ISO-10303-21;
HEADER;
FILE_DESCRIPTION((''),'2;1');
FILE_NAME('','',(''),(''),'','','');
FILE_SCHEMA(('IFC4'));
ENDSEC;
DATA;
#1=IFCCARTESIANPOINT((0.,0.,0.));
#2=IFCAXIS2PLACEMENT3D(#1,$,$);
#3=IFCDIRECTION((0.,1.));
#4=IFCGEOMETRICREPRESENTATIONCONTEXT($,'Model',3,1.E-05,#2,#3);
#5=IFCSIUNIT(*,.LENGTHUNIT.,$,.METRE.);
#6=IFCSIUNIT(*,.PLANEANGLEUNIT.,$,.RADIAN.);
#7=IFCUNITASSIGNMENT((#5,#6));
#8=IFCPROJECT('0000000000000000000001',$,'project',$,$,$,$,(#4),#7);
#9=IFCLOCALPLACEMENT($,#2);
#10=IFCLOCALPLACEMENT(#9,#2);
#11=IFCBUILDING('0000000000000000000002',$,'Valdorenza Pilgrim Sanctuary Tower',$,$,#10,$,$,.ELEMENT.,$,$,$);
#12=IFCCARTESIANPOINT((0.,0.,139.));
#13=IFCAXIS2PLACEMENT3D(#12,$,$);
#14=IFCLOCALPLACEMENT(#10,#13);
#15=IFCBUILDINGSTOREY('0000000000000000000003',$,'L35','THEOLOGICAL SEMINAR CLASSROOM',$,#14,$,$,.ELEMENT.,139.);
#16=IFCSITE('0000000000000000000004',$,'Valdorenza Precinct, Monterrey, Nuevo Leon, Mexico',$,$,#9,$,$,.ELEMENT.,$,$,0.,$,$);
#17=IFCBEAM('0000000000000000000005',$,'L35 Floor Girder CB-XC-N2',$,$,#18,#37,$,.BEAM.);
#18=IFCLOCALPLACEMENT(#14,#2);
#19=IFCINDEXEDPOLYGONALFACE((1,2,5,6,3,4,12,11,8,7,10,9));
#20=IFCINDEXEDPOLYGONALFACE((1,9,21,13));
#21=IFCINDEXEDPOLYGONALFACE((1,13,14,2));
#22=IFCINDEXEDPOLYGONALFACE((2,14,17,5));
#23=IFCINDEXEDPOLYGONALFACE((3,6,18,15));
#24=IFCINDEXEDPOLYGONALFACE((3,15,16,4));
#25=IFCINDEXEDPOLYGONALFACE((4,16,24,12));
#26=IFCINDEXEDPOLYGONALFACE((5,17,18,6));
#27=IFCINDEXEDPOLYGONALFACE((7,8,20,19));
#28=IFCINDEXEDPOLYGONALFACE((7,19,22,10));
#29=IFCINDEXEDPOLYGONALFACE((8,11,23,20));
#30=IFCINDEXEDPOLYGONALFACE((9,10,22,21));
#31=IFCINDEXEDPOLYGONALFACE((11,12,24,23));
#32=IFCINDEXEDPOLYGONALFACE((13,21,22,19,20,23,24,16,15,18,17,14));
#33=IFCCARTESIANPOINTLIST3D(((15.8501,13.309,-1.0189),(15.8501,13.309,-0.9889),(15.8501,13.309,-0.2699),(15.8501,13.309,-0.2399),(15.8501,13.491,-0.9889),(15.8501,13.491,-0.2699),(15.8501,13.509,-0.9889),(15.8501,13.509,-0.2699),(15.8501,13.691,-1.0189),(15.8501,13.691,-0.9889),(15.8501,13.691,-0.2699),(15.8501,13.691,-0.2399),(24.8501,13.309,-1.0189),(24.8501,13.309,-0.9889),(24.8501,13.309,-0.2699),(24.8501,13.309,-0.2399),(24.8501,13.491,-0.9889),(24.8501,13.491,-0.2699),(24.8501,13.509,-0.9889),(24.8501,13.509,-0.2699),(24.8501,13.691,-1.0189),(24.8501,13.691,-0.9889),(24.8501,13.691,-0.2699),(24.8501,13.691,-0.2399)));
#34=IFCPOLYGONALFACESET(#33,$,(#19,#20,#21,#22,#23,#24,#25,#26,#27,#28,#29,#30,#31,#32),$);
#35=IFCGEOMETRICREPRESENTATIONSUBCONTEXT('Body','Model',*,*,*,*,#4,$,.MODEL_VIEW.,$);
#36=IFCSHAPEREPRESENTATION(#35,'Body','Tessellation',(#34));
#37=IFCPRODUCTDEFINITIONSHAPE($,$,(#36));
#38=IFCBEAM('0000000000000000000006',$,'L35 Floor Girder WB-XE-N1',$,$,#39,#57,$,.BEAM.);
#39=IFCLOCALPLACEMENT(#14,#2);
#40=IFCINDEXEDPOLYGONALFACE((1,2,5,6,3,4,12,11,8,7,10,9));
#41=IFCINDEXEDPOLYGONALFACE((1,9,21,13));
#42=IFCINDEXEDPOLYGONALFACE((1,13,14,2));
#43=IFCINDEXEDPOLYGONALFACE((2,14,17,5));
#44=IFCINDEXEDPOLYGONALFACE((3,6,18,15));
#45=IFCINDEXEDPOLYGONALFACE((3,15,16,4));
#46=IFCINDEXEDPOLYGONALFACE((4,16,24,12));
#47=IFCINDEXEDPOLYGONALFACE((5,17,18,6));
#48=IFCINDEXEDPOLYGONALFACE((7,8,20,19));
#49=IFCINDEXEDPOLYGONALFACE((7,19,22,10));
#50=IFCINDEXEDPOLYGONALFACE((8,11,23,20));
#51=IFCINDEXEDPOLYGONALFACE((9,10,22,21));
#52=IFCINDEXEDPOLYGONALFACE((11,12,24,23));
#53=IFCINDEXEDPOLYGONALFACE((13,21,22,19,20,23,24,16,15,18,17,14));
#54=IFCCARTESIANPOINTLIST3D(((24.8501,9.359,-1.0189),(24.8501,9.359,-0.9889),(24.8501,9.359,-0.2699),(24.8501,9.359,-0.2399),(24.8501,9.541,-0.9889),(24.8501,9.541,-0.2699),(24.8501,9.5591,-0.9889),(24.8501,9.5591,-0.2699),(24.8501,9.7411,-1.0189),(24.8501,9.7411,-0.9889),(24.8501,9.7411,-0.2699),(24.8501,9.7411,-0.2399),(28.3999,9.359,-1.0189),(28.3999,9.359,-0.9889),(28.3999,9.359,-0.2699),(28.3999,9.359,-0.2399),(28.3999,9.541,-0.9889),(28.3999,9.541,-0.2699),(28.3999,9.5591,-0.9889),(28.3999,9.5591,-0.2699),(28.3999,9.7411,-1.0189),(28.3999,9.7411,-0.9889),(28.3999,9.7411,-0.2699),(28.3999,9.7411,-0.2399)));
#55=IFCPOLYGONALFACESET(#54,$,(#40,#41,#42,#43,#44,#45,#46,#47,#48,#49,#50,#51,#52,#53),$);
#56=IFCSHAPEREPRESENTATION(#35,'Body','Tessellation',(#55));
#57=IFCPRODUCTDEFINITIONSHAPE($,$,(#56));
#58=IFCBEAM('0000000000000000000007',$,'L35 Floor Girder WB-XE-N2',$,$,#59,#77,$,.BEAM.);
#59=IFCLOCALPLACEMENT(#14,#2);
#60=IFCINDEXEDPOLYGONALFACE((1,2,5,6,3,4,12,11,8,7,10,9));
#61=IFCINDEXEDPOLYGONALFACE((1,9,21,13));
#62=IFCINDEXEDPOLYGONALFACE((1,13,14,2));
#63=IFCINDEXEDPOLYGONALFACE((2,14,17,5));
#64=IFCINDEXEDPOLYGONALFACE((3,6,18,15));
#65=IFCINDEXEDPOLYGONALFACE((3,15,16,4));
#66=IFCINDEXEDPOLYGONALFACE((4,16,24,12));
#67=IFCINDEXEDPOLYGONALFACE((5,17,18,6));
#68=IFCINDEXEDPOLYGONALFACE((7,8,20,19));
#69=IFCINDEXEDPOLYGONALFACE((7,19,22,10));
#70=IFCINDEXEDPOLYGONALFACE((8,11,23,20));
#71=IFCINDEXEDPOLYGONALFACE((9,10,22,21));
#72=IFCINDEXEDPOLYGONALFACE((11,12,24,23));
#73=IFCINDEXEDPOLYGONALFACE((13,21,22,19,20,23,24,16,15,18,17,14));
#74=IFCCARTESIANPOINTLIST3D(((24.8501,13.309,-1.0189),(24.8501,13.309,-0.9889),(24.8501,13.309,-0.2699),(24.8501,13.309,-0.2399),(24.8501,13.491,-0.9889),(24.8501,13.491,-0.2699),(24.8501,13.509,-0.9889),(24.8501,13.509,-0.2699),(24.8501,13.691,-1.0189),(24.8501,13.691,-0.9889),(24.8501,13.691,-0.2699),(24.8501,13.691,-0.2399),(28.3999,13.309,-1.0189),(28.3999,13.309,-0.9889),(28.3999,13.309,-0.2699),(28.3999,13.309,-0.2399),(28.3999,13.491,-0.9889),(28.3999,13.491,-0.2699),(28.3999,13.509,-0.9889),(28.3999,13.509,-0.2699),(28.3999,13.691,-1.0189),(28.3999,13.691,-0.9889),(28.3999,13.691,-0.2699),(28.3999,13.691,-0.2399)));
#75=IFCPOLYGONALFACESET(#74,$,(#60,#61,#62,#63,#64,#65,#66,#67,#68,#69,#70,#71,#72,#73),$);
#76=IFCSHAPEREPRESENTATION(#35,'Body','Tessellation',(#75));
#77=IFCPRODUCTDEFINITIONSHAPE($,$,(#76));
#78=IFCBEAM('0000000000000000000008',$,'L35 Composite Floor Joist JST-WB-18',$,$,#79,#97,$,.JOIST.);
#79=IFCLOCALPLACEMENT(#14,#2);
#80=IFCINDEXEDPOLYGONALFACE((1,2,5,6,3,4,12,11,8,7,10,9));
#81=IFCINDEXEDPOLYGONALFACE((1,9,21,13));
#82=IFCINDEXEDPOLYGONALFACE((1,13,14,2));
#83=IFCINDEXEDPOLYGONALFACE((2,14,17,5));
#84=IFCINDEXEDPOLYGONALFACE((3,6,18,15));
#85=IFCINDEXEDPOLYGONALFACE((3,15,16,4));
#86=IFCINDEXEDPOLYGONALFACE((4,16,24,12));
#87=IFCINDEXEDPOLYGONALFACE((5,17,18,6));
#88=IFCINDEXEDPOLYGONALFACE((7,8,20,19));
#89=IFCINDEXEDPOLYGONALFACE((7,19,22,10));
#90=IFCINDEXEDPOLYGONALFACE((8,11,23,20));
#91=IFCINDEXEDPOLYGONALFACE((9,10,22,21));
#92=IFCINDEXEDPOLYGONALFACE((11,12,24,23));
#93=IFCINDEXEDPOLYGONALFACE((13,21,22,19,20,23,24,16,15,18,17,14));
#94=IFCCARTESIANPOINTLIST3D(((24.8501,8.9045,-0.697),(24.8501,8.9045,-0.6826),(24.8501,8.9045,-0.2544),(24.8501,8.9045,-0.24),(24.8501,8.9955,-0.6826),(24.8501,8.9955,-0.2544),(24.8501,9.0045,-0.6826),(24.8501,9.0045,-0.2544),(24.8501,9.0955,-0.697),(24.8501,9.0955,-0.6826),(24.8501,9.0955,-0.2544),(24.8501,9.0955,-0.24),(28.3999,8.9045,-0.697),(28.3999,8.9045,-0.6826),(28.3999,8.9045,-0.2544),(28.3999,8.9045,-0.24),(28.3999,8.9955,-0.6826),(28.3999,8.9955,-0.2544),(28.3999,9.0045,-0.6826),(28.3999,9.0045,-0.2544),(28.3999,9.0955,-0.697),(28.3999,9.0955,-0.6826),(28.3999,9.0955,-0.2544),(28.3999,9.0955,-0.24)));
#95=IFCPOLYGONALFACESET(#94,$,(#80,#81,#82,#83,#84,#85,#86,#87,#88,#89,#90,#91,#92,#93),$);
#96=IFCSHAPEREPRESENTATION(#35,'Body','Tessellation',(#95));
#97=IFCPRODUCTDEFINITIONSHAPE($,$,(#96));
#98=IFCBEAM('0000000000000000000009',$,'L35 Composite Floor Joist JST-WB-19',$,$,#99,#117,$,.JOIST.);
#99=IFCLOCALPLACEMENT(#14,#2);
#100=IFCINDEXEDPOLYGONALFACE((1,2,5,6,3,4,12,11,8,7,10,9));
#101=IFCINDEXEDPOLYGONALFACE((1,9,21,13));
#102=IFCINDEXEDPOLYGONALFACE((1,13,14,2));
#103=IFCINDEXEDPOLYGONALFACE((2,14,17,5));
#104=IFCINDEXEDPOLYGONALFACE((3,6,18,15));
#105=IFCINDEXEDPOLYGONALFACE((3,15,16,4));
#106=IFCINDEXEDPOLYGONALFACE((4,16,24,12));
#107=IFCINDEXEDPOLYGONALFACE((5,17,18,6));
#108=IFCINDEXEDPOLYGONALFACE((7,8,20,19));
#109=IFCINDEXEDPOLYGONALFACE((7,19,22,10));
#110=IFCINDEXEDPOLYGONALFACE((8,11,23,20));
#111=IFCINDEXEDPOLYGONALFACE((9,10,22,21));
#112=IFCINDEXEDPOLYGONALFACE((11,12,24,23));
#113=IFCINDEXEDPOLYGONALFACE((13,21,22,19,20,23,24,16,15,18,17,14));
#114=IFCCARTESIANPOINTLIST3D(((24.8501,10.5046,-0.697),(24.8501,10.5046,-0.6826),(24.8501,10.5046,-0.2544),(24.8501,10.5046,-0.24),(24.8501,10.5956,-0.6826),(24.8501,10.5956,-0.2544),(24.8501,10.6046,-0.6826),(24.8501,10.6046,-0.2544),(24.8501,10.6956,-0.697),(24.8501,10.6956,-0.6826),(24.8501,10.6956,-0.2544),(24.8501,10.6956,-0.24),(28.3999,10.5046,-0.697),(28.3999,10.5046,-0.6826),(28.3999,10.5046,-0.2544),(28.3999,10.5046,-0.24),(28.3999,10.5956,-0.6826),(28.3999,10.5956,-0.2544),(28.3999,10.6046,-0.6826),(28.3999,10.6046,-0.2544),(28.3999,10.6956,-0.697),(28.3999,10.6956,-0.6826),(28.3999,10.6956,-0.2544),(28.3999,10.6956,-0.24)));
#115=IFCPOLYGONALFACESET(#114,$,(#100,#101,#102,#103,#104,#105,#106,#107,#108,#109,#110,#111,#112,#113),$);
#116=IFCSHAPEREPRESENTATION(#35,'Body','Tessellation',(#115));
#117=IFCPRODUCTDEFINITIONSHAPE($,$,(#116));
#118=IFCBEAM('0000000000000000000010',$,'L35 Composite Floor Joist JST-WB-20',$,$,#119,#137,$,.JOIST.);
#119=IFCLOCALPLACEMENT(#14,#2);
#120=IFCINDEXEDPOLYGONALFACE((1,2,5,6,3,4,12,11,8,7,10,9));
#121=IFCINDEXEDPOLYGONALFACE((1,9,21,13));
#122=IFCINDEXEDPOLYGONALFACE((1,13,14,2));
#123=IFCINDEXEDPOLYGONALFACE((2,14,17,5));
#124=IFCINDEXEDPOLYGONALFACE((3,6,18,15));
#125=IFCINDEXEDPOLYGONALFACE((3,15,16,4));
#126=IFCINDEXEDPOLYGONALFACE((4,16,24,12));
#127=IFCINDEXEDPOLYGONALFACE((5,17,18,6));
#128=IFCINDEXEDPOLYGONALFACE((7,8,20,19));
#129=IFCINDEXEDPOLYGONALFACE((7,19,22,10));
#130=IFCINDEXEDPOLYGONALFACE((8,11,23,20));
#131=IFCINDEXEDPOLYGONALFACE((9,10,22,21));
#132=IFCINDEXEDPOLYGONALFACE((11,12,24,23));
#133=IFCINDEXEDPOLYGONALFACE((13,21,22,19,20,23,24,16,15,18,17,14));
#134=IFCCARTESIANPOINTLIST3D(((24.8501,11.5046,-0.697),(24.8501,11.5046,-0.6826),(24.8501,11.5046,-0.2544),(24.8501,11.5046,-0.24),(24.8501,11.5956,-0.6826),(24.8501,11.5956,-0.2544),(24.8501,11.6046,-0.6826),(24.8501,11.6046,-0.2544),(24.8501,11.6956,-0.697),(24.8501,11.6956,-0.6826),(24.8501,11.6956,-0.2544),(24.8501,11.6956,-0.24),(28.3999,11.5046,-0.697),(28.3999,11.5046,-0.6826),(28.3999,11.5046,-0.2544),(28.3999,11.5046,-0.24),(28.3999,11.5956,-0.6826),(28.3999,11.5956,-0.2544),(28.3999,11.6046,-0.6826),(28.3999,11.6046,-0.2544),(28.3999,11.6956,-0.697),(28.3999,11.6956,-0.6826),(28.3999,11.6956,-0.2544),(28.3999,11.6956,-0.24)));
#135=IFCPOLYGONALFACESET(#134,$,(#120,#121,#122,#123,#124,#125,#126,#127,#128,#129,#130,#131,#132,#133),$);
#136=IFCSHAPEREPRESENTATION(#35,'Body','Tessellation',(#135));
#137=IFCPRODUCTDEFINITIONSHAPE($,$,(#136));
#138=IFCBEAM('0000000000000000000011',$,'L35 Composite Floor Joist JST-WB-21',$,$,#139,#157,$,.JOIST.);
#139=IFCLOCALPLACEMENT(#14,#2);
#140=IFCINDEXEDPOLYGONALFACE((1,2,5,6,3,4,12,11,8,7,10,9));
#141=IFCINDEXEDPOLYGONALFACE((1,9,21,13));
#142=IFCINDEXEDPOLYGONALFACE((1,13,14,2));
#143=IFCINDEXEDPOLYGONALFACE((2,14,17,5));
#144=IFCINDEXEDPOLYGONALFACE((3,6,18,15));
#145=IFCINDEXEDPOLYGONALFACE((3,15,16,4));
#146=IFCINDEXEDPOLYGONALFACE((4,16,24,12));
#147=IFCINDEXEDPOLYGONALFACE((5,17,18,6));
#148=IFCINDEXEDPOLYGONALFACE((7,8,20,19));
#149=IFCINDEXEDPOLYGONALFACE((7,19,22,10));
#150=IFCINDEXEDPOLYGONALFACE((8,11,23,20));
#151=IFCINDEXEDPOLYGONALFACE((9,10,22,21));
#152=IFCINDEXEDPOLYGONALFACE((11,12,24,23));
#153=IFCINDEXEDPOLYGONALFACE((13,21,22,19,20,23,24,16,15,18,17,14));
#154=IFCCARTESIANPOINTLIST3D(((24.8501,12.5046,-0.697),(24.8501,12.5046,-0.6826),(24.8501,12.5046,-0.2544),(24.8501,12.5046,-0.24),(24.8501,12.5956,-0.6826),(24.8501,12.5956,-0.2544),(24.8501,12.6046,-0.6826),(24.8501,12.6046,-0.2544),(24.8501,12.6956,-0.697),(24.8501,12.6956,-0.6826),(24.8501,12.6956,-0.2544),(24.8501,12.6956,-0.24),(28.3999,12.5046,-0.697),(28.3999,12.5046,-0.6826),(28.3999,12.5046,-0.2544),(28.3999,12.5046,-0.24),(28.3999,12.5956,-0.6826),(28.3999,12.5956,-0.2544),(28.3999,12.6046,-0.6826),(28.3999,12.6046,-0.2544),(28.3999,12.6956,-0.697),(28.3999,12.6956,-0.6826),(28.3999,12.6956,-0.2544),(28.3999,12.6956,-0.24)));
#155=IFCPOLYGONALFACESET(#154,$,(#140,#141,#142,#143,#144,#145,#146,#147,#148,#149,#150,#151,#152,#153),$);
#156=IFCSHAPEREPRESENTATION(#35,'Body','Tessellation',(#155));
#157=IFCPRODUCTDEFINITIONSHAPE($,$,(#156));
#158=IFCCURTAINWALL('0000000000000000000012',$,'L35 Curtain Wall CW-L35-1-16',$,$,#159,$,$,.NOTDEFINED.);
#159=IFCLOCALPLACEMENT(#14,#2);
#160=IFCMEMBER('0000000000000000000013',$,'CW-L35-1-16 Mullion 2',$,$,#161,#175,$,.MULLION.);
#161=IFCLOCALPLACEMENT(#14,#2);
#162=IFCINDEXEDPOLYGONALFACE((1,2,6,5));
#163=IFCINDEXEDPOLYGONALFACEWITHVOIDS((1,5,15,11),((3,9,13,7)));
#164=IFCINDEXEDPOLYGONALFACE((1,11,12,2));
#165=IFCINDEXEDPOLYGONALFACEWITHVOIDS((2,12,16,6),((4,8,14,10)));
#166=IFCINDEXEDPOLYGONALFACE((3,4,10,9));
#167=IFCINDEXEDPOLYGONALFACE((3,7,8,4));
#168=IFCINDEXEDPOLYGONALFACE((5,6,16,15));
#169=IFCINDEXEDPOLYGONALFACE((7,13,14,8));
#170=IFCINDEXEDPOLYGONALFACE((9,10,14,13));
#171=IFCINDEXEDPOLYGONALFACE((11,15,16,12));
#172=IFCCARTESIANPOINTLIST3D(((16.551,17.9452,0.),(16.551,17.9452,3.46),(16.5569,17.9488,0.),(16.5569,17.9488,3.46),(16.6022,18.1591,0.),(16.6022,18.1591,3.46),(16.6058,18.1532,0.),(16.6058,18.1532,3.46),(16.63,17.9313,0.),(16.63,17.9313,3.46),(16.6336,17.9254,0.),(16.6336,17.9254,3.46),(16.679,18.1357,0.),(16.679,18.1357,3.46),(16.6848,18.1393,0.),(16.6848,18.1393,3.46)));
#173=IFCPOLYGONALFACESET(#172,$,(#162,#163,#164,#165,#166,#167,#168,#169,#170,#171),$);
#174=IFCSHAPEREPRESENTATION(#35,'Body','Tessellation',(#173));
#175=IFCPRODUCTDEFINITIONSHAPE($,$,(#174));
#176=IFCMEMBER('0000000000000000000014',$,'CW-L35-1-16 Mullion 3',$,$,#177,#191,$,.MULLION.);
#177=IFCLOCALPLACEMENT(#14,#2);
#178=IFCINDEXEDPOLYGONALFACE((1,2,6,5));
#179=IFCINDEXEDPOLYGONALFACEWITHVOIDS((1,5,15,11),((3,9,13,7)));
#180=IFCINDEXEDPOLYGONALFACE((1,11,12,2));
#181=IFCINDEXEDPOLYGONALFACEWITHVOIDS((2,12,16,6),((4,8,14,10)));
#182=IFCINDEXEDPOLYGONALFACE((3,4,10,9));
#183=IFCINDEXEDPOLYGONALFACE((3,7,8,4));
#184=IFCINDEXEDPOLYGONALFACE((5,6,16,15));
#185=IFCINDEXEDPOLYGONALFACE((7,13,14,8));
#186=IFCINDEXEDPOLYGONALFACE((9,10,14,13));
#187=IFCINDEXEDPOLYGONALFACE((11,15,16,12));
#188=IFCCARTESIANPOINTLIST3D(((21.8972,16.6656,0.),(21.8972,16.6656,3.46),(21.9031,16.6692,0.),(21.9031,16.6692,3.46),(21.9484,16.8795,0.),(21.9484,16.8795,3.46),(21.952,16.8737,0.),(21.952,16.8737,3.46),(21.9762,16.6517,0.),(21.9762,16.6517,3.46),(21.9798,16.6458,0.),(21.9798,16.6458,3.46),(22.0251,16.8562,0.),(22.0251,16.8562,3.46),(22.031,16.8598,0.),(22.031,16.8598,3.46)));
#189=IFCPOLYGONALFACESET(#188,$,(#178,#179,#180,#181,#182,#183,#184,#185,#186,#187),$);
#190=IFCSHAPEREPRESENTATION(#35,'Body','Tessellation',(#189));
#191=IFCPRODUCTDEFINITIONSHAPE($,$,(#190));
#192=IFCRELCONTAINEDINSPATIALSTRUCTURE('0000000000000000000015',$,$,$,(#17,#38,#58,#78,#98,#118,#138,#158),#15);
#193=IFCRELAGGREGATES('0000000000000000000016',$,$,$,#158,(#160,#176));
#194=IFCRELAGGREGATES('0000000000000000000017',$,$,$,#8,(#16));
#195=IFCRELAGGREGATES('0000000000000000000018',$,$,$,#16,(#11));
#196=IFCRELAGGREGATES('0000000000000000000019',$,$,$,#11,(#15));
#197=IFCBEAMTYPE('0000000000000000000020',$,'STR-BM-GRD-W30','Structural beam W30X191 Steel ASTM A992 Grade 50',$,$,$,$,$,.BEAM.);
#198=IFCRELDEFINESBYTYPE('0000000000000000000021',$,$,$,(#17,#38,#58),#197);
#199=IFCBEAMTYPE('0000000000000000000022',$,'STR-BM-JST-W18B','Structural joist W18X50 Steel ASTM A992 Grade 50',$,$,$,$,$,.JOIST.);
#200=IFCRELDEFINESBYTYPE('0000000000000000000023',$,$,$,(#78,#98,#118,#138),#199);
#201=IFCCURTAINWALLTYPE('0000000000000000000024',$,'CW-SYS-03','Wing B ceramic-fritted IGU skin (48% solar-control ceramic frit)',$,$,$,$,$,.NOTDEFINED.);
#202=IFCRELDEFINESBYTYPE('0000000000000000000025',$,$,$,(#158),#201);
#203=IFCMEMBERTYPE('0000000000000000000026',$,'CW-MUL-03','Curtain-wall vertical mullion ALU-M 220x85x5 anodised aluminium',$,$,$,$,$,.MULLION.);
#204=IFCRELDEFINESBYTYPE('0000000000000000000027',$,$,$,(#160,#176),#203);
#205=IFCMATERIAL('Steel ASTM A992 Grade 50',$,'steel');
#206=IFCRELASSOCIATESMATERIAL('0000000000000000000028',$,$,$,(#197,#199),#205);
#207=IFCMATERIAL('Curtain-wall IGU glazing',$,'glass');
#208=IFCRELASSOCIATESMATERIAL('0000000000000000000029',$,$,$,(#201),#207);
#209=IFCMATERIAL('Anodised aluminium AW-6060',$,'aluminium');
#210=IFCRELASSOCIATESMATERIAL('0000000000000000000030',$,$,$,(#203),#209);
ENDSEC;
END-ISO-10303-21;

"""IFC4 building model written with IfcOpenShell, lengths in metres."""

from ifc_helpers import new_model, si_unit, direction, frame, origin, origin_2d, place, context, subcontext, project, spatial, hollow_rectangle, i_section, extrude, source, transform, mapped, material, material_profile, profile_set, type_object, element, aggregate, save


model = new_model("IFC4")

# Units and contexts
model_context = context("Model", 3, precision=1e-05, world=origin(), true_north=direction((0.0, 1.0)))
body_context = subcontext(model_context, "Body", "Model", "MODEL_VIEW")
ifc_project = project(units=[si_unit("LENGTHUNIT", "METRE"), si_unit("PLANEANGLEUNIT", "RADIAN")], contexts=[model_context])

# Site, building, storey
site_placement = place(None, origin())
site = spatial("IfcSite", under=ifc_project, at=site_placement, Name="Valdorenza Precinct, Monterrey, Nuevo Leon, Mexico", CompositionType="ELEMENT", RefElevation=0.0)
building_placement = place(site_placement, origin())
building = spatial("IfcBuilding", under=site, at=building_placement, Name="Valdorenza Pilgrim Sanctuary Tower", CompositionType="ELEMENT")
storey_placement = place(building_placement, frame((0.0, 0.0, 139.0)))
storey = spatial("IfcBuildingStorey", under=building, at=storey_placement, Name="L35", Description="THEOLOGICAL SEMINAR CLASSROOM", CompositionType="ELEMENT", Elevation=139.0)

# Shared definitions
ifc_material_1 = material(Name="Steel ASTM A992 Grade 50", Category="steel")

# Beams
ifc_material_profile_1 = material_profile(ifc_material_1, i_section(OverallWidth=0.3821, OverallDepth=0.7791, WebThickness=0.0181, FlangeThickness=0.03, at=origin_2d()), Name="W30X191")
ifc_profile_set_1 = profile_set([ifc_material_profile_1], Name="Steel ASTM A992 Grade 50")
beam_type_1 = type_object("IfcBeamType", Name="STR-BM-GRD-W30", Description="Structural beam W30X191 Steel ASTM A992 Grade 50", PredefinedType="BEAM", material=ifc_profile_set_1)
shared_shape_1 = source(origin(), body_context, "Body", "SweptSolid", [
    extrude(i_section(OverallWidth=0.3821, OverallDepth=0.7791, WebThickness=0.0181, FlangeThickness=0.03, at=origin_2d()), origin(), (0.0, 0.0, 1.0), 9.0),
])
for number, where, z_axis, x_axis, name in (
    (1, (15.8501, 13.5, -0.6294), (1.0, 0.0, 0.0), (0.0, 1.0, 0.0), "L35 Floor Girder CB-XC-N2"),
):
    element("IfcBeam", number, at=place(storey_placement, frame(where, z_axis=z_axis, x_axis=x_axis)), inside=storey, type_object=beam_type_1, Name=name, PredefinedType="BEAM", context=body_context, shape_type="MappedRepresentation", body=[
        mapped(shared_shape_1, transform((0.0, 0.0, 0.0), x_axis=(1.0, 0.0, 0.0), y_axis=(0.0, 1.0, 0.0), z_axis=(0.0, 0.0, 1.0), scale=1.0)),
    ])
shared_shape_2 = source(origin(), body_context, "Body", "SweptSolid", [
    extrude(i_section(OverallWidth=0.3821, OverallDepth=0.7791, WebThickness=0.0181, FlangeThickness=0.03, at=origin_2d()), origin(), (0.0, 0.0, 1.0), 3.5498),
])
for number, where, z_axis, x_axis, name in (
    (2, (24.8501, 9.55, -0.6294), (1.0, 0.0, 0.0), (0.0, 1.0, 0.0), "L35 Floor Girder WB-XE-N1"),
    (3, (24.8501, 13.5, -0.6294), (1.0, 0.0, 0.0), (0.0, 1.0, 0.0), "L35 Floor Girder WB-XE-N2"),
):
    element("IfcBeam", number, at=place(storey_placement, frame(where, z_axis=z_axis, x_axis=x_axis)), inside=storey, type_object=beam_type_1, Name=name, PredefinedType="BEAM", context=body_context, shape_type="MappedRepresentation", body=[
        mapped(shared_shape_2, transform((0.0, 0.0, 0.0), x_axis=(1.0, 0.0, 0.0), y_axis=(0.0, 1.0, 0.0), z_axis=(0.0, 0.0, 1.0), scale=1.0)),
    ])
ifc_material_profile_2 = material_profile(ifc_material_1, i_section(OverallWidth=0.1909, OverallDepth=0.457, WebThickness=0.009, FlangeThickness=0.0144, at=origin_2d()), Name="W18X50")
ifc_profile_set_2 = profile_set([ifc_material_profile_2], Name="Steel ASTM A992 Grade 50")
beam_type_2 = type_object("IfcBeamType", Name="STR-BM-JST-W18B", Description="Structural joist W18X50 Steel ASTM A992 Grade 50", PredefinedType="JOIST", material=ifc_profile_set_2)
shared_shape_3 = source(origin(), body_context, "Body", "SweptSolid", [
    extrude(i_section(OverallWidth=0.1909, OverallDepth=0.457, WebThickness=0.009, FlangeThickness=0.0144, at=origin_2d()), origin(), (0.0, 0.0, 1.0), 3.5498),
])
for number, where, z_axis, x_axis, name in (
    (4, (24.8501, 9.0, -0.4685), (1.0, 0.0, 0.0), (0.0, 1.0, 0.0), "L35 Composite Floor Joist JST-WB-18"),
    (5, (24.8501, 10.6001, -0.4685), (1.0, 0.0, 0.0), (0.0, 1.0, 0.0), "L35 Composite Floor Joist JST-WB-19"),
    (6, (24.8501, 11.6001, -0.4685), (1.0, 0.0, 0.0), (0.0, 1.0, 0.0), "L35 Composite Floor Joist JST-WB-20"),
    (7, (24.8501, 12.6001, -0.4685), (1.0, 0.0, 0.0), (0.0, 1.0, 0.0), "L35 Composite Floor Joist JST-WB-21"),
):
    element("IfcBeam", number, at=place(storey_placement, frame(where, z_axis=z_axis, x_axis=x_axis)), inside=storey, type_object=beam_type_2, Name=name, PredefinedType="JOIST", context=body_context, shape_type="MappedRepresentation", body=[
        mapped(shared_shape_3, transform((0.0, 0.0, 0.0), x_axis=(1.0, 0.0, 0.0), y_axis=(0.0, 1.0, 0.0), z_axis=(0.0, 0.0, 1.0), scale=1.0)),
    ])

# Curtain wall, members
ifc_material_2 = material(Name="Curtain-wall IGU glazing", Category="glass")
curtain_wall_type = type_object("IfcCurtainWallType", Name="CW-SYS-03", Description="Wing B ceramic-fritted IGU skin (48% solar-control ceramic frit)", PredefinedType="NOTDEFINED", material=ifc_material_2)
curtain_wall_1_placement = place(storey_placement, origin())
curtain_wall_1 = element("IfcCurtainWall", 8, at=curtain_wall_1_placement, inside=storey, type_object=curtain_wall_type, Name="L35 Curtain Wall CW-L35-1-16", PredefinedType="NOTDEFINED")
ifc_material_3 = material(Name="Anodised aluminium AW-6060", Category="aluminium")
ifc_material_profile_3 = material_profile(ifc_material_3, hollow_rectangle(XDim=0.085, YDim=0.22, WallThickness=0.0049, at=origin_2d()), Name="ALU-M 220x85x5")
ifc_profile_set_3 = profile_set([ifc_material_profile_3], Name="Anodised aluminium AW-6060")
member_type_1 = type_object("IfcMemberType", Name="CW-MUL-03", Description="Curtain-wall vertical mullion ALU-M 220x85x5 anodised aluminium", PredefinedType="MULLION", material=ifc_profile_set_3)
shared_shape_4 = source(origin(), body_context, "Body", "SweptSolid", [
    extrude(hollow_rectangle(XDim=0.085, YDim=0.22, WallThickness=0.0049, at=origin_2d()), origin(), (0.0, 0.0, 1.0), 3.46),
])
member_1_placement = place(storey_placement, frame((16.6179, 18.0422, 0.0), z_axis=(0.0, 0.0, 1.0), x_axis=(0.972529, -0.232783, 0.0)))
member_1 = element("IfcMember", 9, at=member_1_placement, type_object=member_type_1, Name="CW-L35-1-16 Mullion 2", PredefinedType="MULLION", context=body_context, shape_type="MappedRepresentation", body=[
    mapped(shared_shape_4, transform((0.0, 0.0, 0.0), x_axis=(1.0, 0.0, 0.0), y_axis=(0.0, 1.0, 0.0), z_axis=(0.0, 0.0, 1.0), scale=1.0)),
])
member_2_placement = place(storey_placement, frame((21.9641, 16.7627, 0.0), z_axis=(0.0, 0.0, 1.0), x_axis=(0.972529, -0.232783, 0.0)))
member_2 = element("IfcMember", 10, at=member_2_placement, type_object=member_type_1, Name="CW-L35-1-16 Mullion 3", PredefinedType="MULLION", context=body_context, shape_type="MappedRepresentation", body=[
    mapped(shared_shape_4, transform((0.0, 0.0, 0.0), x_axis=(1.0, 0.0, 0.0), y_axis=(0.0, 1.0, 0.0), z_axis=(0.0, 0.0, 1.0), scale=1.0)),
])

aggregate(curtain_wall_1, [member_1, member_2])

save(model, "model.ifc")
